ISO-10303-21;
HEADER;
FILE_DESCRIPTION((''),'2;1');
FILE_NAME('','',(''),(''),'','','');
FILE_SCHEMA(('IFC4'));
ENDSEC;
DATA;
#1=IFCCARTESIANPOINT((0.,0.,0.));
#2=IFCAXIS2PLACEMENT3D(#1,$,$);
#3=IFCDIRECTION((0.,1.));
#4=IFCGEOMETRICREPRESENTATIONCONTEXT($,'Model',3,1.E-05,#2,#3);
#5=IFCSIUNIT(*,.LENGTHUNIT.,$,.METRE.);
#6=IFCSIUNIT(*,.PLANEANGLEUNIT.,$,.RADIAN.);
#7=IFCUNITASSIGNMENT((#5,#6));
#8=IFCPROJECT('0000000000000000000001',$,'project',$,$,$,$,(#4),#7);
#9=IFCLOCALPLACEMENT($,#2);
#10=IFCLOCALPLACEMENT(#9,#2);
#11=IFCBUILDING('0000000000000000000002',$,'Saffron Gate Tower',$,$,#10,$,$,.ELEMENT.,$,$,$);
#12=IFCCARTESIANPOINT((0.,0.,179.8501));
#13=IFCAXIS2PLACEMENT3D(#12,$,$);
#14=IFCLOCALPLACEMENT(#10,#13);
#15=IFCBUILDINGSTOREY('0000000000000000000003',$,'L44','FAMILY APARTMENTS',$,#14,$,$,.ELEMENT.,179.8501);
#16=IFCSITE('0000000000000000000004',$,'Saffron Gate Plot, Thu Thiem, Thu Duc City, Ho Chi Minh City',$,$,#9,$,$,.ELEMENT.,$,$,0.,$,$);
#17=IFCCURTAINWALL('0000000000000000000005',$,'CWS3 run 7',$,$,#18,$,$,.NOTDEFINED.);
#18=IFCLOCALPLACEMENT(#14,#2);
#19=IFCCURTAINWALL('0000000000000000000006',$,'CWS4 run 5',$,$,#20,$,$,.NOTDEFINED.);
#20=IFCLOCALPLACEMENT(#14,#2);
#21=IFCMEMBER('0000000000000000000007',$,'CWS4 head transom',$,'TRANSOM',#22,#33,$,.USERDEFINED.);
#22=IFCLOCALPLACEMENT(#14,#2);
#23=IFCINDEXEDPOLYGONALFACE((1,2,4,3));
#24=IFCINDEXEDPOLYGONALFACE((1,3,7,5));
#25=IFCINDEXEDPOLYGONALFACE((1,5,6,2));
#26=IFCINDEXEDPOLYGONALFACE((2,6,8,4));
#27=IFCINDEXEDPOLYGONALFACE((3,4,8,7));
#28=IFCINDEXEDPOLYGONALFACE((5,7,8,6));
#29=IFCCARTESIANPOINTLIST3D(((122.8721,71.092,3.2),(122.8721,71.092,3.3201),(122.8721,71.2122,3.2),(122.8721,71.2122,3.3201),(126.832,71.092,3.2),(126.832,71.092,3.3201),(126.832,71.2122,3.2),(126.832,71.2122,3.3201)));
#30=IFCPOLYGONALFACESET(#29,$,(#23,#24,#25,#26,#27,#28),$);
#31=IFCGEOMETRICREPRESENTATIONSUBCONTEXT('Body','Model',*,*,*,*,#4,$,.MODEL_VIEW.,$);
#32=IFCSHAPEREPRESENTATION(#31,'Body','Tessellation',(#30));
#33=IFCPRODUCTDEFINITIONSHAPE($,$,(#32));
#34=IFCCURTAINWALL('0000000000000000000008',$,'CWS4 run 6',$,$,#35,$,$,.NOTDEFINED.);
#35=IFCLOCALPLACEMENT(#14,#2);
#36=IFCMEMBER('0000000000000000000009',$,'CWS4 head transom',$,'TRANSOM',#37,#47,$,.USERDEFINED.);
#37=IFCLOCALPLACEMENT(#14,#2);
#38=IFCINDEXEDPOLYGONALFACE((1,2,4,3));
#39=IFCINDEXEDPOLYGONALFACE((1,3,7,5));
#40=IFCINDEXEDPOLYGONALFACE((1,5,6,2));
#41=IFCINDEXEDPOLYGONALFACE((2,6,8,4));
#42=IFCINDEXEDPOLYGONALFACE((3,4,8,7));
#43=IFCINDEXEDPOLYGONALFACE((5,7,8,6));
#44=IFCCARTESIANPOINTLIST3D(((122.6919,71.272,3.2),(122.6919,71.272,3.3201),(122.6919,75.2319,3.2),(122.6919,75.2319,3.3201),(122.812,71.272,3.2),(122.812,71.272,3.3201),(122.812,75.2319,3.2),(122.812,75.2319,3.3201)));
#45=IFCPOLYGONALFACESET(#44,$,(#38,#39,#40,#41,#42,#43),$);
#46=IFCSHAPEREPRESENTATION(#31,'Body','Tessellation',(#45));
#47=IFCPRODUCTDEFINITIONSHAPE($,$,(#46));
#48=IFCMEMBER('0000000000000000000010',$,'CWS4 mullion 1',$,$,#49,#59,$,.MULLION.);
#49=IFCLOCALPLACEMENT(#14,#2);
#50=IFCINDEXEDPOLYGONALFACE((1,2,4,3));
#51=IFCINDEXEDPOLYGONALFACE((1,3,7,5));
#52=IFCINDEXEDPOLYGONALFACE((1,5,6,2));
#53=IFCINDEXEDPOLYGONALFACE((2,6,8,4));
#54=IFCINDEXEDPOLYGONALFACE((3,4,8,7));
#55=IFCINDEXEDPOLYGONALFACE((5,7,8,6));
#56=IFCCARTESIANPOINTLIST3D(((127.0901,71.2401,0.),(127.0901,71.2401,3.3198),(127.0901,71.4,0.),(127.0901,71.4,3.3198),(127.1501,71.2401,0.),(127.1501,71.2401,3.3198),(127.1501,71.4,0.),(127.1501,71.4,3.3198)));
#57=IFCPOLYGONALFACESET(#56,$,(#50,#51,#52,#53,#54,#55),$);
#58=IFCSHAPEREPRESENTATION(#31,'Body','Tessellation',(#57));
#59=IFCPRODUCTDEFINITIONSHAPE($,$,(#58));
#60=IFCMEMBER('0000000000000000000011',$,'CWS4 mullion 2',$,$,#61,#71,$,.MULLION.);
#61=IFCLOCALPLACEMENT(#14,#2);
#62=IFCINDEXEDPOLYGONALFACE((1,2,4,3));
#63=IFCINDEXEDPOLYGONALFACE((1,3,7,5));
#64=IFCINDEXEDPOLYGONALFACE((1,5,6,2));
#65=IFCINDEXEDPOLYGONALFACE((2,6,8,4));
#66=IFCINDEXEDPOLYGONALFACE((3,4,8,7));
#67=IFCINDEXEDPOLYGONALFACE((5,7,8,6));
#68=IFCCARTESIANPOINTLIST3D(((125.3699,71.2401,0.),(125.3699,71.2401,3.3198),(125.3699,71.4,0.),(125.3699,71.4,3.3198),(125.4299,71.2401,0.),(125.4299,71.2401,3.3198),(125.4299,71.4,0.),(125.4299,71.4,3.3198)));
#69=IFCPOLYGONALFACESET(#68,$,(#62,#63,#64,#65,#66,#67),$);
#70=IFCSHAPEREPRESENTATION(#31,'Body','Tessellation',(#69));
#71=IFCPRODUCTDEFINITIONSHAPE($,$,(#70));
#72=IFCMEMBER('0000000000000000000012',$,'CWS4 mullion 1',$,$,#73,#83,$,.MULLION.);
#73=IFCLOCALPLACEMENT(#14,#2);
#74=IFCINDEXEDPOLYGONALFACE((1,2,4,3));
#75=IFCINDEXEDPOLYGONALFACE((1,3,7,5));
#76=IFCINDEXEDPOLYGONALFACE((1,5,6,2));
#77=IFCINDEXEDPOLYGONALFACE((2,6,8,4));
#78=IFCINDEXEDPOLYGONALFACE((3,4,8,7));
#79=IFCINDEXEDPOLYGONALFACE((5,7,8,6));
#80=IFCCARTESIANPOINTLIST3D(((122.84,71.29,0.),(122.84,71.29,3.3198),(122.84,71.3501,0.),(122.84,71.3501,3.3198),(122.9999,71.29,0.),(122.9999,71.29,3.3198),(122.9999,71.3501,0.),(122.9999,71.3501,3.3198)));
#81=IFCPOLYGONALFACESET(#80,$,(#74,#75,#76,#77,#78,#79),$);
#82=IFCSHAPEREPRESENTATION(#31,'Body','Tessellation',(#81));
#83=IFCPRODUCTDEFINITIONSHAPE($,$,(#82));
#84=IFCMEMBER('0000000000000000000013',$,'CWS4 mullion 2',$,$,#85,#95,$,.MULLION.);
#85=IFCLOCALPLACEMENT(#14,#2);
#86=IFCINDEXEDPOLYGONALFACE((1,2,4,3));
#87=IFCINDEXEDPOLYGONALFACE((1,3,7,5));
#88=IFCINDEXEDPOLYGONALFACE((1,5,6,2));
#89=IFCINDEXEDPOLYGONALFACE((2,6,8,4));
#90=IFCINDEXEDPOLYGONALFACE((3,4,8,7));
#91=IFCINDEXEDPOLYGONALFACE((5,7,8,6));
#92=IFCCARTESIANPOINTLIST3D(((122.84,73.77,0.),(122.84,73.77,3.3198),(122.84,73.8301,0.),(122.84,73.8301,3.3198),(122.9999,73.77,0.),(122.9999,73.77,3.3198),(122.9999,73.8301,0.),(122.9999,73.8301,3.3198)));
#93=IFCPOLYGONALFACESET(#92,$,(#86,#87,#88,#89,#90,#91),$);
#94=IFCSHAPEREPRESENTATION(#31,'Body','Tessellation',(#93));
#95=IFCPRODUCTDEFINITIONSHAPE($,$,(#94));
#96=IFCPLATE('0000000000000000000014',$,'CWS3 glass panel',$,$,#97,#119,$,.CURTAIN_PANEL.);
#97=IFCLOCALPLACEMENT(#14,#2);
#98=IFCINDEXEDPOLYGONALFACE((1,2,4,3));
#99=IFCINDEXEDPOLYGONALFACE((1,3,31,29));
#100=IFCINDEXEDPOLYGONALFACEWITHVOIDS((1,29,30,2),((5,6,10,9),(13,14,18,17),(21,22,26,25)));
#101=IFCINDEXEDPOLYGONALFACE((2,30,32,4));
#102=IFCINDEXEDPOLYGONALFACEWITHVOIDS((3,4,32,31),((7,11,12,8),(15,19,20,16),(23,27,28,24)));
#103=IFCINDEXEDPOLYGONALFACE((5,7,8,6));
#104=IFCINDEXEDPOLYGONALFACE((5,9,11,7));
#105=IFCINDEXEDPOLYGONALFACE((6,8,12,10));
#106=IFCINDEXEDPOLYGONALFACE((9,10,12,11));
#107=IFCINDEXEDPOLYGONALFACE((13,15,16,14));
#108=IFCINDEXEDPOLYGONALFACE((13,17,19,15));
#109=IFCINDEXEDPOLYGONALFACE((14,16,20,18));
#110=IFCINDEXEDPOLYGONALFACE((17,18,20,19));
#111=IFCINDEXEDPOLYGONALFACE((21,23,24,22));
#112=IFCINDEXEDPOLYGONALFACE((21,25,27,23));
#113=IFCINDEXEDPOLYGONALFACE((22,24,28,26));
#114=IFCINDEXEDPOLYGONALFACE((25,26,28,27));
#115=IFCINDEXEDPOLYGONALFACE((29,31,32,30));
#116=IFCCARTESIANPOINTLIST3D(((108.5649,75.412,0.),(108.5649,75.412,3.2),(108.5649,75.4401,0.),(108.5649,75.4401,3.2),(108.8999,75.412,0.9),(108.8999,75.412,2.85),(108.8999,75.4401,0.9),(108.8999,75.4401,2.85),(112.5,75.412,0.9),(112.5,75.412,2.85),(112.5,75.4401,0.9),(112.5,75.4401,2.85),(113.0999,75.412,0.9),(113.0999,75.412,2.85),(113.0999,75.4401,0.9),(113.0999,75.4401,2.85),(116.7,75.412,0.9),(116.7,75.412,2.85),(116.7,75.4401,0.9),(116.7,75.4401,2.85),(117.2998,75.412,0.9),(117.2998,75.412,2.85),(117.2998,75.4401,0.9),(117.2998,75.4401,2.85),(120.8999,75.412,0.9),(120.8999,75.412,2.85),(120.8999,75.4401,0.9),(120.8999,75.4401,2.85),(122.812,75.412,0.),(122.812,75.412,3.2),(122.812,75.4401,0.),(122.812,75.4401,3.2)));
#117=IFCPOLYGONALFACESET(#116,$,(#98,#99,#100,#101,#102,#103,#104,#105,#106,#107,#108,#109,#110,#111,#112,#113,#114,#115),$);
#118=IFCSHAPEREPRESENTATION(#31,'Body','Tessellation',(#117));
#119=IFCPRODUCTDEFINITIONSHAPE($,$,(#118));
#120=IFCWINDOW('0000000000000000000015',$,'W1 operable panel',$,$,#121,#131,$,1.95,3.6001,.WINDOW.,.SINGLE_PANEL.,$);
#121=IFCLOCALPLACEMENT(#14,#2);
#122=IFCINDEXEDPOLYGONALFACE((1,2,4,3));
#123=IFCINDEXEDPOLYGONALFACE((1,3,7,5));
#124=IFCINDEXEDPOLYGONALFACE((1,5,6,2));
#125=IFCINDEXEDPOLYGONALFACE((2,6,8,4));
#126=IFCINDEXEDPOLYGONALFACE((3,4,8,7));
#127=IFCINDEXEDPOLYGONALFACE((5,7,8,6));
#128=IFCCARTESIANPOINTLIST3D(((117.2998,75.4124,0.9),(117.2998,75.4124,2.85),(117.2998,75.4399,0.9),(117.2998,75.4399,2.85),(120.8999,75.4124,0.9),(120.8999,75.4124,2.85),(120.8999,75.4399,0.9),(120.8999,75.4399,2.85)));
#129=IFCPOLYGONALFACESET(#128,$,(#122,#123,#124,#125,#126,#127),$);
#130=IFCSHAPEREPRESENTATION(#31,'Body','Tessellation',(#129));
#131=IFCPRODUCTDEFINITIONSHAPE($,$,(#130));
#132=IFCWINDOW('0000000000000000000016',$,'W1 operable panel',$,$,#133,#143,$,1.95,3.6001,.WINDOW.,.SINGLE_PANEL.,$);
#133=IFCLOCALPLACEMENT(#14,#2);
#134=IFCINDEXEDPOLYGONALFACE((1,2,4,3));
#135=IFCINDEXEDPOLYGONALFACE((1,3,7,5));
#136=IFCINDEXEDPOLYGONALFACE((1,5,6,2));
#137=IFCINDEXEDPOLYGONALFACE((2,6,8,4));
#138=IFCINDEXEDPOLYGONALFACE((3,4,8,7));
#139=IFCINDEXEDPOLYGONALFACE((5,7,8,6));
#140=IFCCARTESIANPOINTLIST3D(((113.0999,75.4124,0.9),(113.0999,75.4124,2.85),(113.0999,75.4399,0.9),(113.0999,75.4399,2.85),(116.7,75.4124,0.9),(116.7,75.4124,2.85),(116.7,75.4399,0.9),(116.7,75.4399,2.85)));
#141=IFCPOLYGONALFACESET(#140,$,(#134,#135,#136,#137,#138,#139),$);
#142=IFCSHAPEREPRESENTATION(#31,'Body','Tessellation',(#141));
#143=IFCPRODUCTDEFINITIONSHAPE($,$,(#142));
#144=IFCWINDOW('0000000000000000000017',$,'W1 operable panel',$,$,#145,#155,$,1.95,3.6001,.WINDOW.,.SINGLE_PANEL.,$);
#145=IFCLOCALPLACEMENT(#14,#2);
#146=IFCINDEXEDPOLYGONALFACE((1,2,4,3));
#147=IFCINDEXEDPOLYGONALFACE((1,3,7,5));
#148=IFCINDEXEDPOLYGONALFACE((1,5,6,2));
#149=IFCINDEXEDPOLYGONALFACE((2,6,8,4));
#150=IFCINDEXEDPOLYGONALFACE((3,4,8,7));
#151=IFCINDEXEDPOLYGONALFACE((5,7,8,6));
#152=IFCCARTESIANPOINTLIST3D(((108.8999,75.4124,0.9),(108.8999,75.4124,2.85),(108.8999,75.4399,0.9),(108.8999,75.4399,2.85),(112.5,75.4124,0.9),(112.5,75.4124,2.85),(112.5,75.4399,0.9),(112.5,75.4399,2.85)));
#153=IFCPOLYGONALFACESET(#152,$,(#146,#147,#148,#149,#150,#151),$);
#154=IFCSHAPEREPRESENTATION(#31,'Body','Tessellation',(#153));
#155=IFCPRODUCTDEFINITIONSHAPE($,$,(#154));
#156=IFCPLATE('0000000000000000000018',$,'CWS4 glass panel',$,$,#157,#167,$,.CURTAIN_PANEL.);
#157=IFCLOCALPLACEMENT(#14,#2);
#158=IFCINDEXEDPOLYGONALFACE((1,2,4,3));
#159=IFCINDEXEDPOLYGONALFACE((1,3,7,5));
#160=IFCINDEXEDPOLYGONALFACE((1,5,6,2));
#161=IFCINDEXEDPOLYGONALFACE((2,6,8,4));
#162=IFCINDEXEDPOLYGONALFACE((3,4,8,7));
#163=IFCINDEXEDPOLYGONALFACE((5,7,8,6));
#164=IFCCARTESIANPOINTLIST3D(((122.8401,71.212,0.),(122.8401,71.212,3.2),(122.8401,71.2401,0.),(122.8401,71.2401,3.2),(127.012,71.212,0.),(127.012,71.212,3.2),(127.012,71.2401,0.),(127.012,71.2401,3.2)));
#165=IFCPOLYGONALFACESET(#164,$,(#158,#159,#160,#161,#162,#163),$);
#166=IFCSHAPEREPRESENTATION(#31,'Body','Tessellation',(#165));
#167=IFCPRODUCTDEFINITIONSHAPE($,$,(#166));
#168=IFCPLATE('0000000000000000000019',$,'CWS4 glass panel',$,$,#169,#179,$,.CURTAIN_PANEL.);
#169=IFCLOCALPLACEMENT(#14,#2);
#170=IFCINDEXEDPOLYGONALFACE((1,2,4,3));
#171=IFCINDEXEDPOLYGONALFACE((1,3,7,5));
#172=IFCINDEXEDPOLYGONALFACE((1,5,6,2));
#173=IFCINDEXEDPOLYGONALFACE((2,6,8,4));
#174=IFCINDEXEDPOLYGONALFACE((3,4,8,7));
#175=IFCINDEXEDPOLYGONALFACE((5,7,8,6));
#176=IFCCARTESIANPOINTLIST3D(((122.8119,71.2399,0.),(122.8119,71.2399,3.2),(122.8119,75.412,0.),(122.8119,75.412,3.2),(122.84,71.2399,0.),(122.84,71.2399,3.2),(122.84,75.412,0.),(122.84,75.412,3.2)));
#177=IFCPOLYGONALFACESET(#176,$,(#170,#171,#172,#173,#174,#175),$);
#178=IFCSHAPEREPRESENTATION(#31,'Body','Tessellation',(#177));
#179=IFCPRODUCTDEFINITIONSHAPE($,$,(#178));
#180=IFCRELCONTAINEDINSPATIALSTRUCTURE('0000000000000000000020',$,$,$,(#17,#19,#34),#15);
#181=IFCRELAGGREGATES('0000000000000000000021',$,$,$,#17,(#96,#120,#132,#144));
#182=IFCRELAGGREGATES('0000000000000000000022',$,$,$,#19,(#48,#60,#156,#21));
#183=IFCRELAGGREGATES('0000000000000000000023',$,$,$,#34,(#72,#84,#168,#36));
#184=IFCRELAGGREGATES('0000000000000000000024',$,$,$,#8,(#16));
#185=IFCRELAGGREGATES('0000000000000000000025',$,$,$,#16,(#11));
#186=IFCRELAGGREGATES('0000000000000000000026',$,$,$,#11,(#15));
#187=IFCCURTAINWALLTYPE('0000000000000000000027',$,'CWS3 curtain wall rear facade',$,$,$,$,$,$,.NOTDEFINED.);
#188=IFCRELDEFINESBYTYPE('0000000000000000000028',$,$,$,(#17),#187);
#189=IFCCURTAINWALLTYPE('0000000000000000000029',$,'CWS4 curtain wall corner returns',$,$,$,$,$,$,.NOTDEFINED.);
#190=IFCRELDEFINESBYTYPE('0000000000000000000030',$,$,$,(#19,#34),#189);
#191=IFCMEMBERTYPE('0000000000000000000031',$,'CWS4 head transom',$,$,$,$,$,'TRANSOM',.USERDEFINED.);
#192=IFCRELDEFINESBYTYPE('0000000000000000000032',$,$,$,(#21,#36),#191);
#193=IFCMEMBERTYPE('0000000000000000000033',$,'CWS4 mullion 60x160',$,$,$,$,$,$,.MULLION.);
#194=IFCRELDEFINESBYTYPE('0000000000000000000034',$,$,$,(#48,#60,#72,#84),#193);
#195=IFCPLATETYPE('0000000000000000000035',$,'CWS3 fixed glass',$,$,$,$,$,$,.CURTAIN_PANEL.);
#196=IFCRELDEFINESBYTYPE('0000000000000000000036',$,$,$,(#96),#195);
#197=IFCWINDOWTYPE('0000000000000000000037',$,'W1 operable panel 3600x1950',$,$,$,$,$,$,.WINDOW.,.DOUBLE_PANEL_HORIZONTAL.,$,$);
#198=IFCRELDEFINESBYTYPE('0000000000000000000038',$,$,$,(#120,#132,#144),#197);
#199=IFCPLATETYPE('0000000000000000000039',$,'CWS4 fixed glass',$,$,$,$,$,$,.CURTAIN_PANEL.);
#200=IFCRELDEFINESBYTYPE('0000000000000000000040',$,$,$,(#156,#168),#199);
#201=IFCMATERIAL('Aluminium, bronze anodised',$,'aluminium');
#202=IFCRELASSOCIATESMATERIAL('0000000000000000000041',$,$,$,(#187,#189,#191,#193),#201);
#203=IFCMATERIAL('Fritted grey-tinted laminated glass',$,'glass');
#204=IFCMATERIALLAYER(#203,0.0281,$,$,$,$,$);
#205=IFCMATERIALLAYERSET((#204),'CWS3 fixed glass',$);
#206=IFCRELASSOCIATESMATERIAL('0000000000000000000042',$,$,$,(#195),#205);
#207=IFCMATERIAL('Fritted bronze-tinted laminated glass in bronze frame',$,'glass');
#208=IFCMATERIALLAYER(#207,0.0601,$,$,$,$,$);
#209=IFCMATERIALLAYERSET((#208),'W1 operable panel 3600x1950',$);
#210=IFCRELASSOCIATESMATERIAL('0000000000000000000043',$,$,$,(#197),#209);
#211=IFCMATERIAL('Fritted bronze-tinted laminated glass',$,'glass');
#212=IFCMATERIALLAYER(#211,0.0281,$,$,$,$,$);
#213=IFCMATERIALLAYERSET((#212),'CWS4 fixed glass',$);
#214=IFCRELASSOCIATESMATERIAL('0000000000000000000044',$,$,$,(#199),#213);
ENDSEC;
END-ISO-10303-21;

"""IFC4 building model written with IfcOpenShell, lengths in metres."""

from ifc_helpers import new_model, si_unit, direction, frame, frame_2d, origin, origin_2d, place, context, subcontext, project, spatial, rectangle, extrude, material, layer, layer_set, material_profile, profile_set, type_object, element, fill, aggregate, save


model = new_model("IFC4")

# Units and contexts
model_context = context("Model", 3, precision=1e-05, world=origin(), true_north=direction((0.0, 1.0)))
body_context = subcontext(model_context, "Body", "Model", "MODEL_VIEW")
ifc_project = project(units=[si_unit("LENGTHUNIT", "METRE"), si_unit("PLANEANGLEUNIT", "RADIAN")], contexts=[model_context])

# Site, building, storey
site_placement = place(None, origin())
site = spatial("IfcSite", under=ifc_project, at=site_placement, Name="Saffron Gate Plot, Thu Thiem, Thu Duc City, Ho Chi Minh City", CompositionType="ELEMENT", RefElevation=0.0)
building_placement = place(site_placement, origin())
building = spatial("IfcBuilding", under=site, at=building_placement, Name="Saffron Gate Tower", CompositionType="ELEMENT")
storey_placement = place(building_placement, frame((0.0, 0.0, 179.8501)))
storey = spatial("IfcBuildingStorey", under=building, at=storey_placement, Name="L44", Description="FAMILY APARTMENTS", CompositionType="ELEMENT", Elevation=179.8501)

# Shared definitions
ifc_material_1 = material(Name="Aluminium, bronze anodised", Category="aluminium")

# Curtain wall
curtain_wall_type_1 = type_object("IfcCurtainWallType", Name="CWS3 curtain wall rear facade", PredefinedType="NOTDEFINED", material=ifc_material_1)
curtain_wall_1_placement = place(storey_placement, origin())
curtain_wall_1 = element("IfcCurtainWall", 1, at=curtain_wall_1_placement, inside=storey, type_object=curtain_wall_type_1, Name="CWS3 run 7", PredefinedType="NOTDEFINED")

# Curtain walls, members
curtain_wall_type_2 = type_object("IfcCurtainWallType", Name="CWS4 curtain wall corner returns", PredefinedType="NOTDEFINED", material=ifc_material_1)
curtain_wall_2_placement = place(storey_placement, origin())
curtain_wall_2 = element("IfcCurtainWall", 2, at=curtain_wall_2_placement, inside=storey, type_object=curtain_wall_type_2, Name="CWS4 run 5", PredefinedType="NOTDEFINED")
ifc_material_profile_1 = material_profile(ifc_material_1, rectangle(XDim=0.1201, YDim=0.1201, at=origin_2d()))
ifc_profile_set_1 = profile_set([ifc_material_profile_1], Name="Aluminium, bronze anodised")
member_type_1 = type_object("IfcMemberType", Name="CWS4 head transom", ElementType="TRANSOM", PredefinedType="USERDEFINED", material=ifc_profile_set_1)
member_1_placement = place(storey_placement, frame((126.832, 71.1521, 3.26), z_axis=(-1.0, 0.0, 0.0), x_axis=(0.0, -1.0, 0.0)))
member_1 = element("IfcMember", 3, at=member_1_placement, type_object=member_type_1, Name="CWS4 head transom", ObjectType="TRANSOM", PredefinedType="USERDEFINED", context=body_context, shape_type="SweptSolid", body=[
    extrude(rectangle(XDim=0.1201, YDim=0.1201, at=origin_2d()), origin(), (0.0, 0.0, 1.0), 3.96),
])
curtain_wall_3_placement = place(storey_placement, origin())
curtain_wall_3 = element("IfcCurtainWall", 4, at=curtain_wall_3_placement, inside=storey, type_object=curtain_wall_type_2, Name="CWS4 run 6", PredefinedType="NOTDEFINED")
member_2_placement = place(storey_placement, frame((122.752, 71.272, 3.26), z_axis=(0.0, 1.0, 0.0), x_axis=(-1.0, 0.0, 0.0)))
member_2 = element("IfcMember", 5, at=member_2_placement, type_object=member_type_1, Name="CWS4 head transom", ObjectType="TRANSOM", PredefinedType="USERDEFINED", context=body_context, shape_type="SweptSolid", body=[
    extrude(rectangle(XDim=0.1201, YDim=0.1201, at=origin_2d()), origin(), (0.0, 0.0, 1.0), 3.96),
])

# Members
ifc_material_profile_2 = material_profile(ifc_material_1, rectangle(XDim=0.1599, YDim=0.0601, at=origin_2d()))
ifc_profile_set_2 = profile_set([ifc_material_profile_2], Name="Aluminium, bronze anodised")
member_type_2 = type_object("IfcMemberType", Name="CWS4 mullion 60x160", PredefinedType="MULLION", material=ifc_profile_set_2)
member_3_placement = place(storey_placement, frame((127.1201, 71.3201, 0.0), z_axis=(0.0, 0.0, 1.0), x_axis=(0.0, -1.0, 0.0)))
member_3 = element("IfcMember", 6, at=member_3_placement, type_object=member_type_2, Name="CWS4 mullion 1", PredefinedType="MULLION", context=body_context, shape_type="SweptSolid", body=[
    extrude(rectangle(XDim=0.1599, YDim=0.0601, at=origin_2d()), origin(), (0.0, 0.0, 1.0), 3.3198),
])
member_4_placement = place(storey_placement, frame((125.3999, 71.3201, 0.0), z_axis=(0.0, 0.0, 1.0), x_axis=(0.0, -1.0, 0.0)))
member_4 = element("IfcMember", 7, at=member_4_placement, type_object=member_type_2, Name="CWS4 mullion 2", PredefinedType="MULLION", context=body_context, shape_type="SweptSolid", body=[
    extrude(rectangle(XDim=0.1599, YDim=0.0601, at=origin_2d()), origin(), (0.0, 0.0, 1.0), 3.3198),
])
member_5_placement = place(storey_placement, frame((122.9199, 71.3201, 0.0), z_axis=(0.0, 0.0, 1.0), x_axis=(-1.0, 0.0, 0.0)))
member_5 = element("IfcMember", 8, at=member_5_placement, type_object=member_type_2, Name="CWS4 mullion 1", PredefinedType="MULLION", context=body_context, shape_type="SweptSolid", body=[
    extrude(rectangle(XDim=0.1599, YDim=0.0601, at=origin_2d()), origin(), (0.0, 0.0, 1.0), 3.3198),
])
member_6_placement = place(storey_placement, frame((122.9199, 73.8, 0.0), z_axis=(0.0, 0.0, 1.0), x_axis=(-1.0, 0.0, 0.0)))
member_6 = element("IfcMember", 9, at=member_6_placement, type_object=member_type_2, Name="CWS4 mullion 2", PredefinedType="MULLION", context=body_context, shape_type="SweptSolid", body=[
    extrude(rectangle(XDim=0.1599, YDim=0.0601, at=origin_2d()), origin(), (0.0, 0.0, 1.0), 3.3198),
])

# Plate, openings, windows
ifc_material_2 = material(Name="Fritted grey-tinted laminated glass", Category="glass")
ifc_layer_1 = layer(ifc_material_2, 0.0281)
ifc_layer_set_1 = layer_set([ifc_layer_1], Name="CWS3 fixed glass")
plate_type_1 = type_object("IfcPlateType", Name="CWS3 fixed glass", PredefinedType="CURTAIN_PANEL", material=ifc_layer_set_1)
plate_1_placement = place(storey_placement, frame((122.812, 75.426, 0.0), z_axis=(0.0, 0.0, 1.0), x_axis=(-1.0, 0.0, 0.0)))
plate_1 = element("IfcPlate", 10, at=plate_1_placement, type_object=plate_type_1, Name="CWS3 glass panel", PredefinedType="CURTAIN_PANEL", context=body_context, shape_type="SweptSolid", body=[
    extrude(rectangle(XDim=14.2471, YDim=0.0281, at=frame_2d((7.1235, 0.0))), origin(), (0.0, 0.0, 1.0), 3.2),
])
opening_1_placement = place(plate_1_placement, frame((1.9121, 0.0, 0.8999)))
opening_1 = element("IfcOpeningElement", 11, at=opening_1_placement, cuts=plate_1, PredefinedType="OPENING", context=body_context, shape_type="SweptSolid", body=[
    extrude(rectangle(XDim=3.6001, YDim=1.95, at=frame_2d((1.8, 0.9751))), frame((0.0, 0.0239, 0.0), z_axis=(0.0, -1.0, 0.0), x_axis=(1.0, 0.0, 0.0)), (0.0, 0.0, 1.0), 0.0481),
])
opening_2_placement = place(plate_1_placement, frame((6.1121, 0.0, 0.8999)))
opening_2 = element("IfcOpeningElement", 12, at=opening_2_placement, cuts=plate_1, PredefinedType="OPENING", context=body_context, shape_type="SweptSolid", body=[
    extrude(rectangle(XDim=3.6001, YDim=1.95, at=frame_2d((1.8, 0.9751))), frame((0.0, 0.0239, 0.0), z_axis=(0.0, -1.0, 0.0), x_axis=(1.0, 0.0, 0.0)), (0.0, 0.0, 1.0), 0.0481),
])
opening_3_placement = place(plate_1_placement, frame((10.312, 0.0, 0.8999)))
opening_3 = element("IfcOpeningElement", 13, at=opening_3_placement, cuts=plate_1, PredefinedType="OPENING", context=body_context, shape_type="SweptSolid", body=[
    extrude(rectangle(XDim=3.6001, YDim=1.95, at=frame_2d((1.8, 0.9751))), frame((0.0, 0.0239, 0.0), z_axis=(0.0, -1.0, 0.0), x_axis=(1.0, 0.0, 0.0)), (0.0, 0.0, 1.0), 0.0481),
])
ifc_material_3 = material(Name="Fritted bronze-tinted laminated glass in bronze frame", Category="glass")
ifc_layer_2 = layer(ifc_material_3, 0.0601)
ifc_layer_set_2 = layer_set([ifc_layer_2], Name="W1 operable panel 3600x1950")
window_type = type_object("IfcWindowType", Name="W1 operable panel 3600x1950", PartitioningType="DOUBLE_PANEL_HORIZONTAL", PredefinedType="WINDOW", material=ifc_layer_set_2)
window_1_placement = place(opening_1_placement, origin())
window_1 = element("IfcWindow", 14, at=window_1_placement, type_object=window_type, Name="W1 operable panel", OverallHeight=1.95, OverallWidth=3.6001, PartitioningType="SINGLE_PANEL", PredefinedType="WINDOW", context=body_context, shape_type="SweptSolid", body=[
    extrude(rectangle(XDim=3.6001, YDim=1.95, at=frame_2d((1.8, 0.9751))), frame((0.0, 0.0137, 0.0), z_axis=(0.0, -1.0, 0.0), x_axis=(1.0, 0.0, 0.0)), (0.0, 0.0, 1.0), 0.0276),
])
fill(opening_1, window_1)
window_2_placement = place(opening_2_placement, origin())
window_2 = element("IfcWindow", 15, at=window_2_placement, type_object=window_type, Name="W1 operable panel", OverallHeight=1.95, OverallWidth=3.6001, PartitioningType="SINGLE_PANEL", PredefinedType="WINDOW", context=body_context, shape_type="SweptSolid", body=[
    extrude(rectangle(XDim=3.6001, YDim=1.95, at=frame_2d((1.8, 0.9751))), frame((0.0, 0.0137, 0.0), z_axis=(0.0, -1.0, 0.0), x_axis=(1.0, 0.0, 0.0)), (0.0, 0.0, 1.0), 0.0276),
])
fill(opening_2, window_2)
window_3_placement = place(opening_3_placement, origin())
window_3 = element("IfcWindow", 16, at=window_3_placement, type_object=window_type, Name="W1 operable panel", OverallHeight=1.95, OverallWidth=3.6001, PartitioningType="SINGLE_PANEL", PredefinedType="WINDOW", context=body_context, shape_type="SweptSolid", body=[
    extrude(rectangle(XDim=3.6001, YDim=1.95, at=frame_2d((1.8, 0.9751))), frame((0.0, 0.0137, 0.0), z_axis=(0.0, -1.0, 0.0), x_axis=(1.0, 0.0, 0.0)), (0.0, 0.0, 1.0), 0.0276),
])
fill(opening_3, window_3)
aggregate(curtain_wall_1, [plate_1, window_1, window_2, window_3])

# Plates
ifc_material_4 = material(Name="Fritted bronze-tinted laminated glass", Category="glass")
ifc_layer_3 = layer(ifc_material_4, 0.0281)
ifc_layer_set_3 = layer_set([ifc_layer_3], Name="CWS4 fixed glass")
plate_type_2 = type_object("IfcPlateType", Name="CWS4 fixed glass", PredefinedType="CURTAIN_PANEL", material=ifc_layer_set_3)
plate_2_placement = place(storey_placement, frame((127.012, 71.2261, 0.0), z_axis=(0.0, 0.0, 1.0), x_axis=(-1.0, 0.0, 0.0)))
plate_2 = element("IfcPlate", 17, at=plate_2_placement, type_object=plate_type_2, Name="CWS4 glass panel", PredefinedType="CURTAIN_PANEL", context=body_context, shape_type="SweptSolid", body=[
    extrude(rectangle(XDim=4.1719, YDim=0.0281, at=frame_2d((2.0859, 0.0))), origin(), (0.0, 0.0, 1.0), 3.2),
])
aggregate(curtain_wall_2, [member_3, member_4, plate_2, member_1])
plate_3_placement = place(storey_placement, frame((122.8259, 71.24, 0.0), z_axis=(0.0, 0.0, 1.0), x_axis=(0.0, 1.0, 0.0)))
plate_3 = element("IfcPlate", 18, at=plate_3_placement, type_object=plate_type_2, Name="CWS4 glass panel", PredefinedType="CURTAIN_PANEL", context=body_context, shape_type="SweptSolid", body=[
    extrude(rectangle(XDim=4.1721, YDim=0.0281, at=frame_2d((2.0859, 0.0))), origin(), (0.0, 0.0, 1.0), 3.2),
])
aggregate(curtain_wall_3, [member_5, member_6, plate_3, member_2])

save(model, "model.ifc")
